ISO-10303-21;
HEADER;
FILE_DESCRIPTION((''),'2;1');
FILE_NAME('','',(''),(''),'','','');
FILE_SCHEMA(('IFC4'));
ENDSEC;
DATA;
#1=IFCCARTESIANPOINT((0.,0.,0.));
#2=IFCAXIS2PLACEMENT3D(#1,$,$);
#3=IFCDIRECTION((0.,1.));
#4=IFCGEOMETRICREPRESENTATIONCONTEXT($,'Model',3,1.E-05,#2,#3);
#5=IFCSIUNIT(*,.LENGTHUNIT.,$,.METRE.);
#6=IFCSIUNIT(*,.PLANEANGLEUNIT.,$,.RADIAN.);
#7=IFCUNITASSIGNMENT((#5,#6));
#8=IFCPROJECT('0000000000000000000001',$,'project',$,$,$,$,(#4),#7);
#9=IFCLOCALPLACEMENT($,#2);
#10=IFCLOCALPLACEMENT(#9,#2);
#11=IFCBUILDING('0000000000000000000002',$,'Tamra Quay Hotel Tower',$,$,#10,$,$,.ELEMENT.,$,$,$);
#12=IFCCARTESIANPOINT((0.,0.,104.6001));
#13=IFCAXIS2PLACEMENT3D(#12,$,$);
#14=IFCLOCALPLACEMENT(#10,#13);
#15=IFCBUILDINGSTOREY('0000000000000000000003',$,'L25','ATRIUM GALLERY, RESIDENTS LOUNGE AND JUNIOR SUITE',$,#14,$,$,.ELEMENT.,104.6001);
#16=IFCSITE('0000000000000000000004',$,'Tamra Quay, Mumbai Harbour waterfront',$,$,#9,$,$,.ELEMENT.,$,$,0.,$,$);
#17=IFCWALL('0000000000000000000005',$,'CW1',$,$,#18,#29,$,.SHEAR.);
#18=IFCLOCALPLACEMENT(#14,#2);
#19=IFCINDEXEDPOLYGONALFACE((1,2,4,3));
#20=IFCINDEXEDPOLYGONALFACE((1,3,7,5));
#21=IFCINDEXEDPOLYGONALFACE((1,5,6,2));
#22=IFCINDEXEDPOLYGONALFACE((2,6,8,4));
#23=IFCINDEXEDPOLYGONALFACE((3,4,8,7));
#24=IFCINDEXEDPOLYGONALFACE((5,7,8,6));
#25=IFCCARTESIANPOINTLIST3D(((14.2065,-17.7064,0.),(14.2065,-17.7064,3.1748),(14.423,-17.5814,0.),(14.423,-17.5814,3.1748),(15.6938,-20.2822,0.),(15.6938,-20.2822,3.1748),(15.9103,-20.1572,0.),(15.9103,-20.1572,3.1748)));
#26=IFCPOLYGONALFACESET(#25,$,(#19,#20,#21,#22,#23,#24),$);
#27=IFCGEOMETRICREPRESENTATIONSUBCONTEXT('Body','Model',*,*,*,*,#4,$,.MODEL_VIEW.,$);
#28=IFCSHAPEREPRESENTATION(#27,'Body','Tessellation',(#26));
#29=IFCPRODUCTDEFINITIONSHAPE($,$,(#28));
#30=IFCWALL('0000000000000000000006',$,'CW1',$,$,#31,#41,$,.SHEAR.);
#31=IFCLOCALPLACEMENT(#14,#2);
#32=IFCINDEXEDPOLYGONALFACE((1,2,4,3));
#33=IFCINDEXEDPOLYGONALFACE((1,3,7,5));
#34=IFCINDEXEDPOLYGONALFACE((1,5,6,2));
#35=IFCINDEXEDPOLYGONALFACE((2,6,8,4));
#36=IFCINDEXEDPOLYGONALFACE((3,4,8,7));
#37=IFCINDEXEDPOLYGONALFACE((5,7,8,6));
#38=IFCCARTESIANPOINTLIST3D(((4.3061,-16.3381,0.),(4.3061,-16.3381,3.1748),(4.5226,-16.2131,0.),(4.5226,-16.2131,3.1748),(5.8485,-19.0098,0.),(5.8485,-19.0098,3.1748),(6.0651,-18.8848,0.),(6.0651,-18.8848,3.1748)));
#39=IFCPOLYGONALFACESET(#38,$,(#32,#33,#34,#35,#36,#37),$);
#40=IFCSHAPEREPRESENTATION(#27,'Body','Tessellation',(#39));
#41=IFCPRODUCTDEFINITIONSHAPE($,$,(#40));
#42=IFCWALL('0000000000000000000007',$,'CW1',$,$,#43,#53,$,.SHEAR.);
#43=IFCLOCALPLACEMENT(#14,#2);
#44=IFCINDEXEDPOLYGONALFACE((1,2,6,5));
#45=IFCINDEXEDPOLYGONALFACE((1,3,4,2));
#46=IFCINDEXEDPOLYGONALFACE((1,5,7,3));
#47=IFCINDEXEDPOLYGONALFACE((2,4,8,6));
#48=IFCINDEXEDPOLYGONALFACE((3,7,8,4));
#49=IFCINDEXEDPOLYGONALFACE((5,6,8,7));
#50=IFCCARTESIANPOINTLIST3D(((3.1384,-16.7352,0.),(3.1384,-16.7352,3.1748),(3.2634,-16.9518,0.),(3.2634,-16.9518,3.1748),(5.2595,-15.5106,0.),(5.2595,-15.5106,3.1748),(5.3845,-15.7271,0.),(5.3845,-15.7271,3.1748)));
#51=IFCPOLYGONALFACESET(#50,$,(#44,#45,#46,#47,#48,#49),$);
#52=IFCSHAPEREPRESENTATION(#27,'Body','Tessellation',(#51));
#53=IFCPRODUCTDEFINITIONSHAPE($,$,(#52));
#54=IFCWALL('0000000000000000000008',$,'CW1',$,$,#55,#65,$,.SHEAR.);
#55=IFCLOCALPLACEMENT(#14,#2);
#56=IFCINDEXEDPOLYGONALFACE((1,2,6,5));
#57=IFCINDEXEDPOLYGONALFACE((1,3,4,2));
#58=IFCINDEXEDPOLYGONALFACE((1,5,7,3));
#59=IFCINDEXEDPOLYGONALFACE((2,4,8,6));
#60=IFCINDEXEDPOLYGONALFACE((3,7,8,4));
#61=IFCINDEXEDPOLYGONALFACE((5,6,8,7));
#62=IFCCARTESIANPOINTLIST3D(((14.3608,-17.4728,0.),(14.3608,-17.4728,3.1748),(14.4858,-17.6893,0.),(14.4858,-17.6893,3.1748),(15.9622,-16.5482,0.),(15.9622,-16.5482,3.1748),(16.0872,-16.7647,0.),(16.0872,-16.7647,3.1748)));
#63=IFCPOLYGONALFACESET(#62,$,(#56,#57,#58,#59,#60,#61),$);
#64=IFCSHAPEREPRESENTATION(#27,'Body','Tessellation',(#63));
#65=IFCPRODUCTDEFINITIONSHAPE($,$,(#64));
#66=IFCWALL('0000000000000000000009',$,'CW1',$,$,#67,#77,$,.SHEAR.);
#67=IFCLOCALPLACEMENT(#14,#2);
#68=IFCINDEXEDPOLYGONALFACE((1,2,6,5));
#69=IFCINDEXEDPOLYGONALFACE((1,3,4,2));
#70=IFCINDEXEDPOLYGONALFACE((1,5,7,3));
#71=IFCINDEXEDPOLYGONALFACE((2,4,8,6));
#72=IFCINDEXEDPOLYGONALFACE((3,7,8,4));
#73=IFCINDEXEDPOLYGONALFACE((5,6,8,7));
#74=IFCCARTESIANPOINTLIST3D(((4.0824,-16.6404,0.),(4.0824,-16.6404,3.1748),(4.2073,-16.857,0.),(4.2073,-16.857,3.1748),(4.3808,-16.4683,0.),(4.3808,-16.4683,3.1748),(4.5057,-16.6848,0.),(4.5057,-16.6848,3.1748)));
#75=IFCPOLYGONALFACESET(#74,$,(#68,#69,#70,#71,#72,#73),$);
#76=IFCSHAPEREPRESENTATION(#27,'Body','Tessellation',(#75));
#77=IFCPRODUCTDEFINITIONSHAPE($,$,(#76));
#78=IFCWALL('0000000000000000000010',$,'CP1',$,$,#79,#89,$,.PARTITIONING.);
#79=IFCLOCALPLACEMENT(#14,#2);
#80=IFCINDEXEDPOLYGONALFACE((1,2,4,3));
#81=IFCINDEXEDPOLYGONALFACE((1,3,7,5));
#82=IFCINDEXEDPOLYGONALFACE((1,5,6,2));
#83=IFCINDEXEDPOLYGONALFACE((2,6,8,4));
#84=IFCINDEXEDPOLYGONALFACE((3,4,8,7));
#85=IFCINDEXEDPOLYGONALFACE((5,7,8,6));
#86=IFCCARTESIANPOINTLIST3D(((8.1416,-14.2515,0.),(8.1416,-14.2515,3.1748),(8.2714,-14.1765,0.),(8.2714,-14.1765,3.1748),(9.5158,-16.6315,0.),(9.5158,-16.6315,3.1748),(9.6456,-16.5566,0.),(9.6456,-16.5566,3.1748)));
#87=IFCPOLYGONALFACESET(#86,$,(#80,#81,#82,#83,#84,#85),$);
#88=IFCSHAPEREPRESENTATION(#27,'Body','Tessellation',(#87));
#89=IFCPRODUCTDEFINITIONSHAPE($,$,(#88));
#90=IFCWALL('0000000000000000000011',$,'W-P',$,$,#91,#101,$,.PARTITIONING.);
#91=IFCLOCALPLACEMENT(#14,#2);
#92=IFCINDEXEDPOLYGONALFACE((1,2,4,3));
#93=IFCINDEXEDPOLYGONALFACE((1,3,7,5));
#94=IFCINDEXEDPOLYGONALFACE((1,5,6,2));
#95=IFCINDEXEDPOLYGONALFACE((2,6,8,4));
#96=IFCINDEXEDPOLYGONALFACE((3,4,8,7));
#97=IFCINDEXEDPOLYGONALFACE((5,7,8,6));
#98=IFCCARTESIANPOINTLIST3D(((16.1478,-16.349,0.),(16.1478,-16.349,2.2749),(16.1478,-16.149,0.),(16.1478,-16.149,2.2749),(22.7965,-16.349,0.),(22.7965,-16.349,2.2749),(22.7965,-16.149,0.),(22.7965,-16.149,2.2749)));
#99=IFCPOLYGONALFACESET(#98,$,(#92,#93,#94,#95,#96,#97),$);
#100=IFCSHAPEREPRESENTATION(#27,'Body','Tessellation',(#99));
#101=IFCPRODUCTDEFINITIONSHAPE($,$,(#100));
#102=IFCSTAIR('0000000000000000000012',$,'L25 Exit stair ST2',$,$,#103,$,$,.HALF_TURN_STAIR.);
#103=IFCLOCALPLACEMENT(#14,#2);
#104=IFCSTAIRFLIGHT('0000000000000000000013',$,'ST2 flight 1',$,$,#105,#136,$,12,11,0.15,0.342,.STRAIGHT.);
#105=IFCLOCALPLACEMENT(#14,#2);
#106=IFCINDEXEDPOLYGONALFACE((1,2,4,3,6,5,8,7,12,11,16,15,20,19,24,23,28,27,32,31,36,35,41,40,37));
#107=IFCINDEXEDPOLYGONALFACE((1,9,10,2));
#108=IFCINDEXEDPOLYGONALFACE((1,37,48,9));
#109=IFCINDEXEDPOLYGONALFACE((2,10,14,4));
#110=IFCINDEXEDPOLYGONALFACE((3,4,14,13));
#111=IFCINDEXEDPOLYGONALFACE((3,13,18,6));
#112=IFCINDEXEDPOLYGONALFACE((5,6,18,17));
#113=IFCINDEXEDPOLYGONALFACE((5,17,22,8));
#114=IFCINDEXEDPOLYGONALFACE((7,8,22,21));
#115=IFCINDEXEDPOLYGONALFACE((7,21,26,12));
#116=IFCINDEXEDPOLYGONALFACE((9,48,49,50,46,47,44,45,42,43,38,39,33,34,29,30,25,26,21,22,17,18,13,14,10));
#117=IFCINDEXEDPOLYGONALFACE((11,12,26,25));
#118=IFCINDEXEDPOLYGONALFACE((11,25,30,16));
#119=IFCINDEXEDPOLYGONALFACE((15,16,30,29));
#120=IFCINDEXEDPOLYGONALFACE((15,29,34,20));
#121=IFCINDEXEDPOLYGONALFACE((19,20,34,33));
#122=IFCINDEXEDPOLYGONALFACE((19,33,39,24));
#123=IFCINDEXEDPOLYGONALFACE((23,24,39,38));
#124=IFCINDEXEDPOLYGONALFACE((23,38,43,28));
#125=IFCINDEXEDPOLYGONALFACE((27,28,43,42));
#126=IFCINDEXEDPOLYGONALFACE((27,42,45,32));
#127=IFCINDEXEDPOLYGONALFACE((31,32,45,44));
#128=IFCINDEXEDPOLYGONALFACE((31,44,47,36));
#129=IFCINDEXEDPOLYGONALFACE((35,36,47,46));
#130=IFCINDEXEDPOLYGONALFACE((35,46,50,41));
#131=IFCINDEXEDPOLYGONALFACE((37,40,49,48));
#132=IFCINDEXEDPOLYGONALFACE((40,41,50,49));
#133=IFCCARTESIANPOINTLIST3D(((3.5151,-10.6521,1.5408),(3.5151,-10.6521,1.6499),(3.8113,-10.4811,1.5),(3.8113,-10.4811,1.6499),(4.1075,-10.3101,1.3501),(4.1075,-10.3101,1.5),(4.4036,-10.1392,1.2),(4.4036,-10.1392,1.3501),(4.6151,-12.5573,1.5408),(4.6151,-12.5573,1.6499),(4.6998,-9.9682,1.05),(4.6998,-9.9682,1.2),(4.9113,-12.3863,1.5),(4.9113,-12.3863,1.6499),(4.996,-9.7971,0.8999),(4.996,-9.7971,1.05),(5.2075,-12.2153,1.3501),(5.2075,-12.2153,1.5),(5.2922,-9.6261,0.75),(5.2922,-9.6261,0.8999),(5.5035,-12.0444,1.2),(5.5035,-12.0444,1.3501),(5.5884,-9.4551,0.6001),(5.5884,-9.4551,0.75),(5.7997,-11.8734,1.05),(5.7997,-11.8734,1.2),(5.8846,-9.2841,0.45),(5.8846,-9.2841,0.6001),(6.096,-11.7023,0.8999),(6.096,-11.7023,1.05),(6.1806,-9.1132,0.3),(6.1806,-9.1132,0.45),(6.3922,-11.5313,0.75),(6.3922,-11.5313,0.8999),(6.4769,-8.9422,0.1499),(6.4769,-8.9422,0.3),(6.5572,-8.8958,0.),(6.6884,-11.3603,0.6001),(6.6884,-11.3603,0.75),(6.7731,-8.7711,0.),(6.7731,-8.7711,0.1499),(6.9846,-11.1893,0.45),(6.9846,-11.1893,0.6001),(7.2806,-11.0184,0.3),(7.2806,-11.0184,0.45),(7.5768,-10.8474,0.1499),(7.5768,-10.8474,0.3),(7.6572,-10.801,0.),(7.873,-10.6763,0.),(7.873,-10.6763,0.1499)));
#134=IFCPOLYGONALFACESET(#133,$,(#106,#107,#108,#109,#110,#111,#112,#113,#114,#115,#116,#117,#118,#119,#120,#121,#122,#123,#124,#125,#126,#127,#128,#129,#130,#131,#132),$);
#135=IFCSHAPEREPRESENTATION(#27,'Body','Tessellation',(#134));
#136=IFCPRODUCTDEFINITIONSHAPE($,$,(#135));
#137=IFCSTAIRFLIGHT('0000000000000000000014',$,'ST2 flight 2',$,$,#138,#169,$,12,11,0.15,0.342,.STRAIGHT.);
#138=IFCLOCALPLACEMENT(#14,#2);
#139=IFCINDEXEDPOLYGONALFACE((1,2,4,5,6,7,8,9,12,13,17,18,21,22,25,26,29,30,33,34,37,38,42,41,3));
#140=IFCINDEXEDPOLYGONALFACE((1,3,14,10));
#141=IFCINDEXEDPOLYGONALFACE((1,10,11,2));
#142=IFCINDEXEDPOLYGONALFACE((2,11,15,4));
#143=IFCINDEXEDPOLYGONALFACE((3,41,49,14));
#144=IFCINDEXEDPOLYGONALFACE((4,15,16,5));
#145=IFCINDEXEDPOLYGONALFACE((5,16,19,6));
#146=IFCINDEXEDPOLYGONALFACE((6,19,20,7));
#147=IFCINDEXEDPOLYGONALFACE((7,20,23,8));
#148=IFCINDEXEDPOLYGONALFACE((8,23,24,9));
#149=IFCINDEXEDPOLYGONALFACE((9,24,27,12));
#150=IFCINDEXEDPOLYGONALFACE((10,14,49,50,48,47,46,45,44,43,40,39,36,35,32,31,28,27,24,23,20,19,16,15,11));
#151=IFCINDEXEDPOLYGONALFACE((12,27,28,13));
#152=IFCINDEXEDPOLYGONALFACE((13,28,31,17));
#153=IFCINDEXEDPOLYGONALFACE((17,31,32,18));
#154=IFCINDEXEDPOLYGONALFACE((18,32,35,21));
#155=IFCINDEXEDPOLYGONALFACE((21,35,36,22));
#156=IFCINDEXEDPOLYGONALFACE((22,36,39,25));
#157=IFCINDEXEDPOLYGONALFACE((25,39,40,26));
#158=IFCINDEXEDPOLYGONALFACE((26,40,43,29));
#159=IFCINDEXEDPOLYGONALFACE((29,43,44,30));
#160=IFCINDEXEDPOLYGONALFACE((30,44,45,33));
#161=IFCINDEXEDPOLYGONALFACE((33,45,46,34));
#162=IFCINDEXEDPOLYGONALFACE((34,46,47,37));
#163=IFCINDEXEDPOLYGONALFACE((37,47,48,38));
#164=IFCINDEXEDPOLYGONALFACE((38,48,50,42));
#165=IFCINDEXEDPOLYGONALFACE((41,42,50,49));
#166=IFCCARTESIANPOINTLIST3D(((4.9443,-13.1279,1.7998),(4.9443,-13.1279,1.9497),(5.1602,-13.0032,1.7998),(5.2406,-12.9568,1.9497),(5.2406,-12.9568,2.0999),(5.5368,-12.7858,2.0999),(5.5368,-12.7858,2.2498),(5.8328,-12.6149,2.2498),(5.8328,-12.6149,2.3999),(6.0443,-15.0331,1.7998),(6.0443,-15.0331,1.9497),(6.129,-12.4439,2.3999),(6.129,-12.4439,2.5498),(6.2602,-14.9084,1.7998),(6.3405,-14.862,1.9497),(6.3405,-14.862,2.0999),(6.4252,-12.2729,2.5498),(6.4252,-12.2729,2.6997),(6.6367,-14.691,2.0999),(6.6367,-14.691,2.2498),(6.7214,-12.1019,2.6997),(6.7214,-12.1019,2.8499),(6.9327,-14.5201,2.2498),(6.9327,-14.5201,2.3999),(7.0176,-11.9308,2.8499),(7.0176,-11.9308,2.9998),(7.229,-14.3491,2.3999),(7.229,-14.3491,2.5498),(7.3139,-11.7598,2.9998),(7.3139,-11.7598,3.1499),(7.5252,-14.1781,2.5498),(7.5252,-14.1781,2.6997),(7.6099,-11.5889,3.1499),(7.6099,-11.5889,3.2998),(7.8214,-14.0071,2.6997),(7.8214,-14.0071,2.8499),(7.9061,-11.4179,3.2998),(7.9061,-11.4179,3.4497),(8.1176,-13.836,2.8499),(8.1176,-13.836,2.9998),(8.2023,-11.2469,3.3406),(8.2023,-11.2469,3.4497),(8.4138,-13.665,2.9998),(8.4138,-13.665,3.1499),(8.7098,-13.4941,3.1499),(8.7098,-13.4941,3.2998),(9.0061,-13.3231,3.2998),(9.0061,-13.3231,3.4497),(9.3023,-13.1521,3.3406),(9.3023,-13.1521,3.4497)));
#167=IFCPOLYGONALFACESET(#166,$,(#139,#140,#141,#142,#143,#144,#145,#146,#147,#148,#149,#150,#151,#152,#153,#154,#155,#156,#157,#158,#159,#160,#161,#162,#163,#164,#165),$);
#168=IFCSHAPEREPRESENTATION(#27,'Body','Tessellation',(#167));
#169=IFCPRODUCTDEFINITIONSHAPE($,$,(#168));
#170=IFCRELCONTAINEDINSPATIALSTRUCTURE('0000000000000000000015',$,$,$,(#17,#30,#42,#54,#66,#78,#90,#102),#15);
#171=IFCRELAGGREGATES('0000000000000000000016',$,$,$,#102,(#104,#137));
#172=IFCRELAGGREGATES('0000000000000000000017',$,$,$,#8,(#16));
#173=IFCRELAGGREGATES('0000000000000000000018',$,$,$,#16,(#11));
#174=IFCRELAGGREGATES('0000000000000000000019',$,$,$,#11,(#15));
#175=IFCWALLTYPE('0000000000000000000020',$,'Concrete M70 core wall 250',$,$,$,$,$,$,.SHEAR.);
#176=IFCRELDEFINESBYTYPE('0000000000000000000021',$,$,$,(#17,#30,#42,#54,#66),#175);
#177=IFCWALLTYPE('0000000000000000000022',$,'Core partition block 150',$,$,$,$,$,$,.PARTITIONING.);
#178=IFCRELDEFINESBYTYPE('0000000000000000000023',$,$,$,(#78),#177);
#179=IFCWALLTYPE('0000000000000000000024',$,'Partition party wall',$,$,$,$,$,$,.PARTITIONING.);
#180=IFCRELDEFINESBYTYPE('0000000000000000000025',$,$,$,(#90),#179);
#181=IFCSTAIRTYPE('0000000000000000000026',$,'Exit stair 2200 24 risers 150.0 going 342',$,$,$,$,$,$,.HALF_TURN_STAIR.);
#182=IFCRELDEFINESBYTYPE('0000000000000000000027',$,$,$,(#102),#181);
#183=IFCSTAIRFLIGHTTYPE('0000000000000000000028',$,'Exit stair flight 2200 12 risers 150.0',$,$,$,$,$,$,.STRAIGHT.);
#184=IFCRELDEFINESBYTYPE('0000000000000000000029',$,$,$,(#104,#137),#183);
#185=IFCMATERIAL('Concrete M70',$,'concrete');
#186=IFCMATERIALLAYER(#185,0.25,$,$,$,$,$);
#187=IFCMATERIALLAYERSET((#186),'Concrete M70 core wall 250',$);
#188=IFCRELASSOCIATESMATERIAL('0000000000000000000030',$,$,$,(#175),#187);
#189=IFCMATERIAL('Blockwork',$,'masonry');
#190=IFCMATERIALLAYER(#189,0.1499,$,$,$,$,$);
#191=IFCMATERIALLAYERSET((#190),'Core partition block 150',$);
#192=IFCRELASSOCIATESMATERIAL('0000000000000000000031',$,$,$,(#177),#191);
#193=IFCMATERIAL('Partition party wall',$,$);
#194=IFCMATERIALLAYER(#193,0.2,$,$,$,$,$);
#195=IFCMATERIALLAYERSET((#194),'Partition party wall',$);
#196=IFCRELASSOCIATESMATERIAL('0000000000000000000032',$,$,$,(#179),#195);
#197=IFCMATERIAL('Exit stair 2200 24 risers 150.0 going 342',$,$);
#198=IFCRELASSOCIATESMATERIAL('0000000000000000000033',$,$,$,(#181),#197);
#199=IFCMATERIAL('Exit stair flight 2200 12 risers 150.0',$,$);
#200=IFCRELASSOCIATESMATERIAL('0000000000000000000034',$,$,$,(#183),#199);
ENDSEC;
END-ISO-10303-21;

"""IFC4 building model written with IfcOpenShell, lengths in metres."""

from ifc_helpers import new_model, si_unit, direction, frame, frame_2d, origin, place, context, subcontext, project, spatial, polyline, rectangle, outline, extrude, material, layer, layer_set, type_object, element, aggregate, save


model = new_model("IFC4")

# Units and contexts
model_context = context("Model", 3, precision=1e-05, world=origin(), true_north=direction((0.0, 1.0)))
body_context = subcontext(model_context, "Body", "Model", "MODEL_VIEW")
ifc_project = project(units=[si_unit("LENGTHUNIT", "METRE"), si_unit("PLANEANGLEUNIT", "RADIAN")], contexts=[model_context])

# Site, building, storey
site_placement = place(None, origin())
site = spatial("IfcSite", under=ifc_project, at=site_placement, Name="Tamra Quay, Mumbai Harbour waterfront", CompositionType="ELEMENT", RefElevation=0.0)
building_placement = place(site_placement, origin())
building = spatial("IfcBuilding", under=site, at=building_placement, Name="Tamra Quay Hotel Tower", CompositionType="ELEMENT")
storey_placement = place(building_placement, frame((0.0, 0.0, 104.6001)))
storey = spatial("IfcBuildingStorey", under=building, at=storey_placement, Name="L25", Description="ATRIUM GALLERY, RESIDENTS LOUNGE AND JUNIOR SUITE", CompositionType="ELEMENT", Elevation=104.6001)

# Shared definitions
ifc_material_1 = material(Name="Concrete M70", Category="concrete")

# Walls
ifc_layer_1 = layer(ifc_material_1, 0.25)
ifc_layer_set_1 = layer_set([ifc_layer_1], Name="Concrete M70 core wall 250")
wall_type_1 = type_object("IfcWallType", Name="Concrete M70 core wall 250", PredefinedType="SHEAR", material=ifc_layer_set_1)
wall_1_placement = place(storey_placement, frame((14.3147, -17.6438, 0.0), z_axis=(0.0, 0.0, 1.0), x_axis=(0.500023, -0.866012, 0.0)))
element("IfcWall", 1, at=wall_1_placement, inside=storey, type_object=wall_type_1, Name="CW1", PredefinedType="SHEAR", context=body_context, shape_type="SweptSolid", body=[
    extrude(rectangle(XDim=2.9744, YDim=0.25, at=frame_2d((1.4873, 0.0))), origin(), (0.0, 0.0, 1.0), 3.1748),
])
wall_2_placement = place(storey_placement, frame((4.4143, -16.2756, 0.0), z_axis=(0.0, 0.0, 1.0), x_axis=(0.500003, -0.866023, 0.0)))
element("IfcWall", 2, at=wall_2_placement, inside=storey, type_object=wall_type_1, Name="CW1", PredefinedType="SHEAR", context=body_context, shape_type="SweptSolid", body=[
    extrude(rectangle(XDim=3.085, YDim=0.25, at=frame_2d((1.5425, 0.0))), origin(), (0.0, 0.0, 1.0), 3.1748),
])
wall_3_placement = place(storey_placement, frame((5.322, -15.6189, 0.0), z_axis=(0.0, 0.0, 1.0), x_axis=(-0.866026, -0.499999, 0.0)))
element("IfcWall", 3, at=wall_3_placement, inside=storey, type_object=wall_type_1, Name="CW1", PredefinedType="SHEAR", context=body_context, shape_type="SweptSolid", body=[
    extrude(rectangle(XDim=2.4492, YDim=0.25, at=frame_2d((1.2246, 0.0))), origin(), (0.0, 0.0, 1.0), 3.1748),
])
wall_4_placement = place(storey_placement, frame((16.0247, -16.6565, 0.0), z_axis=(0.0, 0.0, 1.0), x_axis=(-0.866016, -0.500016, 0.0)))
element("IfcWall", 4, at=wall_4_placement, inside=storey, type_object=wall_type_1, Name="CW1", PredefinedType="SHEAR", context=body_context, shape_type="SweptSolid", body=[
    extrude(rectangle(XDim=1.8491, YDim=0.25, at=frame_2d((0.9246, 0.0))), origin(), (0.0, 0.0, 1.0), 3.1748),
])
wall_5_placement = place(storey_placement, frame((4.1448, -16.7488, 0.0), z_axis=(0.0, 0.0, 1.0), x_axis=(0.866186, 0.499722, 0.0)))
element("IfcWall", 5, at=wall_5_placement, inside=storey, type_object=wall_type_1, Name="CW1", PredefinedType="SHEAR", context=body_context, shape_type="SweptSolid", body=[
    extrude(rectangle(XDim=0.3445, YDim=0.25, at=frame_2d((0.1724, 0.0))), origin(), (0.0, 0.0, 1.0), 3.1748),
])
ifc_material_2 = material(Name="Blockwork", Category="masonry")
ifc_layer_2 = layer(ifc_material_2, 0.1499)
ifc_layer_set_2 = layer_set([ifc_layer_2], Name="Core partition block 150")
wall_type_2 = type_object("IfcWallType", Name="Core partition block 150", PredefinedType="PARTITIONING", material=ifc_layer_set_2)
wall_6_placement = place(storey_placement, frame((8.2065, -14.2141, 0.0), z_axis=(0.0, 0.0, 1.0), x_axis=(0.500027, -0.86601, 0.0)))
element("IfcWall", 6, at=wall_6_placement, inside=storey, type_object=wall_type_2, Name="CP1", PredefinedType="PARTITIONING", context=body_context, shape_type="SweptSolid", body=[
    extrude(rectangle(XDim=2.7483, YDim=0.1499, at=frame_2d((1.374, 0.0))), origin(), (0.0, 0.0, 1.0), 3.1748),
])
ifc_material_3 = material(Name="Partition party wall")
ifc_layer_3 = layer(ifc_material_3, 0.2)
ifc_layer_set_3 = layer_set([ifc_layer_3], Name="Partition party wall")
wall_type_3 = type_object("IfcWallType", Name="Partition party wall", PredefinedType="PARTITIONING", material=ifc_layer_set_3)
wall_7_placement = place(storey_placement, frame((16.1479, -16.249, 0.0), z_axis=(0.0, 0.0, 1.0), x_axis=(1.0, 0.0, 0.0)))
element("IfcWall", 7, at=wall_7_placement, inside=storey, type_object=wall_type_3, Name="W-P", PredefinedType="PARTITIONING", context=body_context, shape_type="SweptSolid", body=[
    extrude(rectangle(XDim=6.6487, YDim=0.2, at=frame_2d((3.3242, 0.0))), origin(), (0.0, 0.0, 1.0), 2.2749),
])

# Stair, stair flights
ifc_material_4 = material(Name="Exit stair 2200 24 risers 150.0 going 342")
stair_type = type_object("IfcStairType", Name="Exit stair 2200 24 risers 150.0 going 342", PredefinedType="HALF_TURN_STAIR", material=ifc_material_4)
stair_placement = place(storey_placement, origin())
stair = element("IfcStair", 8, at=stair_placement, inside=storey, type_object=stair_type, Name="L25 Exit stair ST2", PredefinedType="HALF_TURN_STAIR")
ifc_material_5 = material(Name="Exit stair flight 2200 12 risers 150.0")
stair_flight_type = type_object("IfcStairFlightType", Name="Exit stair flight 2200 12 risers 150.0", PredefinedType="STRAIGHT", material=ifc_material_5)
stair_flight_1_placement = place(storey_placement, frame((7.323, -9.7236, 0.0), z_axis=(0.0, 0.0, 1.0), x_axis=(-0.866025, -0.5, 0.0)))
stair_flight_1 = element("IfcStairFlight", 9, at=stair_flight_1_placement, type_object=stair_flight_type, Name="ST2 flight 1", NumberOfRisers=12, NumberOfTreads=11, PredefinedType="STRAIGHT", RiserHeight=0.15, TreadLength=0.342, context=body_context, shape_type="SweptSolid", body=[
    extrude(outline(polyline([(0.0, 0.0), (0.0, 0.1499), (0.342, 0.1499), (0.342, 0.3), (0.6841, 0.3), (0.6841, 0.45), (1.0259, 0.45), (1.0259, 0.6001), (1.3679, 0.6001), (1.3679, 0.75), (1.71, 0.75), (1.71, 0.8999), (2.052, 0.8999), (2.052, 1.05), (2.394, 1.05), (2.394, 1.2), (2.7361, 1.2), (2.7361, 1.3501), (3.0779, 1.3501), (3.0779, 1.5), (3.4199, 1.5), (3.4199, 1.6499), (3.762, 1.6499), (3.762, 1.8), (3.762, 1.5408), (0.2493, 0.0), (0.0, 0.0)])), frame((0.0, 1.1001, 0.0), z_axis=(0.0, -1.0, 0.0), x_axis=(1.0, 0.0, 0.0)), (0.0, 0.0, 1.0), 2.2),
])
stair_flight_2_placement = place(storey_placement, frame((5.4944, -14.0806, 1.7998), z_axis=(0.0, 0.0, 1.0), x_axis=(0.866025, 0.5, 0.0)))
stair_flight_2 = element("IfcStairFlight", 10, at=stair_flight_2_placement, type_object=stair_flight_type, Name="ST2 flight 2", NumberOfRisers=12, NumberOfTreads=11, PredefinedType="STRAIGHT", RiserHeight=0.15, TreadLength=0.342, context=body_context, shape_type="SweptSolid", body=[
    extrude(outline(polyline([(0.0, 0.0), (0.0, 0.1499), (0.342, 0.1499), (0.342, 0.3), (0.6841, 0.3), (0.6841, 0.45), (1.0259, 0.45), (1.0259, 0.6001), (1.3679, 0.6001), (1.3679, 0.75), (1.71, 0.75), (1.71, 0.8999), (2.052, 0.8999), (2.052, 1.05), (2.394, 1.05), (2.394, 1.2), (2.7361, 1.2), (2.7361, 1.3501), (3.0779, 1.3501), (3.0779, 1.5), (3.4199, 1.5), (3.4199, 1.6499), (3.762, 1.6499), (3.762, 1.8), (3.762, 1.5408), (0.2493, 0.0), (0.0, 0.0)])), frame((0.0, 1.1001, 0.0), z_axis=(0.0, -1.0, 0.0), x_axis=(1.0, 0.0, 0.0)), (0.0, 0.0, 1.0), 2.2),
])
aggregate(stair, [stair_flight_1, stair_flight_2])

save(model, "model.ifc")
